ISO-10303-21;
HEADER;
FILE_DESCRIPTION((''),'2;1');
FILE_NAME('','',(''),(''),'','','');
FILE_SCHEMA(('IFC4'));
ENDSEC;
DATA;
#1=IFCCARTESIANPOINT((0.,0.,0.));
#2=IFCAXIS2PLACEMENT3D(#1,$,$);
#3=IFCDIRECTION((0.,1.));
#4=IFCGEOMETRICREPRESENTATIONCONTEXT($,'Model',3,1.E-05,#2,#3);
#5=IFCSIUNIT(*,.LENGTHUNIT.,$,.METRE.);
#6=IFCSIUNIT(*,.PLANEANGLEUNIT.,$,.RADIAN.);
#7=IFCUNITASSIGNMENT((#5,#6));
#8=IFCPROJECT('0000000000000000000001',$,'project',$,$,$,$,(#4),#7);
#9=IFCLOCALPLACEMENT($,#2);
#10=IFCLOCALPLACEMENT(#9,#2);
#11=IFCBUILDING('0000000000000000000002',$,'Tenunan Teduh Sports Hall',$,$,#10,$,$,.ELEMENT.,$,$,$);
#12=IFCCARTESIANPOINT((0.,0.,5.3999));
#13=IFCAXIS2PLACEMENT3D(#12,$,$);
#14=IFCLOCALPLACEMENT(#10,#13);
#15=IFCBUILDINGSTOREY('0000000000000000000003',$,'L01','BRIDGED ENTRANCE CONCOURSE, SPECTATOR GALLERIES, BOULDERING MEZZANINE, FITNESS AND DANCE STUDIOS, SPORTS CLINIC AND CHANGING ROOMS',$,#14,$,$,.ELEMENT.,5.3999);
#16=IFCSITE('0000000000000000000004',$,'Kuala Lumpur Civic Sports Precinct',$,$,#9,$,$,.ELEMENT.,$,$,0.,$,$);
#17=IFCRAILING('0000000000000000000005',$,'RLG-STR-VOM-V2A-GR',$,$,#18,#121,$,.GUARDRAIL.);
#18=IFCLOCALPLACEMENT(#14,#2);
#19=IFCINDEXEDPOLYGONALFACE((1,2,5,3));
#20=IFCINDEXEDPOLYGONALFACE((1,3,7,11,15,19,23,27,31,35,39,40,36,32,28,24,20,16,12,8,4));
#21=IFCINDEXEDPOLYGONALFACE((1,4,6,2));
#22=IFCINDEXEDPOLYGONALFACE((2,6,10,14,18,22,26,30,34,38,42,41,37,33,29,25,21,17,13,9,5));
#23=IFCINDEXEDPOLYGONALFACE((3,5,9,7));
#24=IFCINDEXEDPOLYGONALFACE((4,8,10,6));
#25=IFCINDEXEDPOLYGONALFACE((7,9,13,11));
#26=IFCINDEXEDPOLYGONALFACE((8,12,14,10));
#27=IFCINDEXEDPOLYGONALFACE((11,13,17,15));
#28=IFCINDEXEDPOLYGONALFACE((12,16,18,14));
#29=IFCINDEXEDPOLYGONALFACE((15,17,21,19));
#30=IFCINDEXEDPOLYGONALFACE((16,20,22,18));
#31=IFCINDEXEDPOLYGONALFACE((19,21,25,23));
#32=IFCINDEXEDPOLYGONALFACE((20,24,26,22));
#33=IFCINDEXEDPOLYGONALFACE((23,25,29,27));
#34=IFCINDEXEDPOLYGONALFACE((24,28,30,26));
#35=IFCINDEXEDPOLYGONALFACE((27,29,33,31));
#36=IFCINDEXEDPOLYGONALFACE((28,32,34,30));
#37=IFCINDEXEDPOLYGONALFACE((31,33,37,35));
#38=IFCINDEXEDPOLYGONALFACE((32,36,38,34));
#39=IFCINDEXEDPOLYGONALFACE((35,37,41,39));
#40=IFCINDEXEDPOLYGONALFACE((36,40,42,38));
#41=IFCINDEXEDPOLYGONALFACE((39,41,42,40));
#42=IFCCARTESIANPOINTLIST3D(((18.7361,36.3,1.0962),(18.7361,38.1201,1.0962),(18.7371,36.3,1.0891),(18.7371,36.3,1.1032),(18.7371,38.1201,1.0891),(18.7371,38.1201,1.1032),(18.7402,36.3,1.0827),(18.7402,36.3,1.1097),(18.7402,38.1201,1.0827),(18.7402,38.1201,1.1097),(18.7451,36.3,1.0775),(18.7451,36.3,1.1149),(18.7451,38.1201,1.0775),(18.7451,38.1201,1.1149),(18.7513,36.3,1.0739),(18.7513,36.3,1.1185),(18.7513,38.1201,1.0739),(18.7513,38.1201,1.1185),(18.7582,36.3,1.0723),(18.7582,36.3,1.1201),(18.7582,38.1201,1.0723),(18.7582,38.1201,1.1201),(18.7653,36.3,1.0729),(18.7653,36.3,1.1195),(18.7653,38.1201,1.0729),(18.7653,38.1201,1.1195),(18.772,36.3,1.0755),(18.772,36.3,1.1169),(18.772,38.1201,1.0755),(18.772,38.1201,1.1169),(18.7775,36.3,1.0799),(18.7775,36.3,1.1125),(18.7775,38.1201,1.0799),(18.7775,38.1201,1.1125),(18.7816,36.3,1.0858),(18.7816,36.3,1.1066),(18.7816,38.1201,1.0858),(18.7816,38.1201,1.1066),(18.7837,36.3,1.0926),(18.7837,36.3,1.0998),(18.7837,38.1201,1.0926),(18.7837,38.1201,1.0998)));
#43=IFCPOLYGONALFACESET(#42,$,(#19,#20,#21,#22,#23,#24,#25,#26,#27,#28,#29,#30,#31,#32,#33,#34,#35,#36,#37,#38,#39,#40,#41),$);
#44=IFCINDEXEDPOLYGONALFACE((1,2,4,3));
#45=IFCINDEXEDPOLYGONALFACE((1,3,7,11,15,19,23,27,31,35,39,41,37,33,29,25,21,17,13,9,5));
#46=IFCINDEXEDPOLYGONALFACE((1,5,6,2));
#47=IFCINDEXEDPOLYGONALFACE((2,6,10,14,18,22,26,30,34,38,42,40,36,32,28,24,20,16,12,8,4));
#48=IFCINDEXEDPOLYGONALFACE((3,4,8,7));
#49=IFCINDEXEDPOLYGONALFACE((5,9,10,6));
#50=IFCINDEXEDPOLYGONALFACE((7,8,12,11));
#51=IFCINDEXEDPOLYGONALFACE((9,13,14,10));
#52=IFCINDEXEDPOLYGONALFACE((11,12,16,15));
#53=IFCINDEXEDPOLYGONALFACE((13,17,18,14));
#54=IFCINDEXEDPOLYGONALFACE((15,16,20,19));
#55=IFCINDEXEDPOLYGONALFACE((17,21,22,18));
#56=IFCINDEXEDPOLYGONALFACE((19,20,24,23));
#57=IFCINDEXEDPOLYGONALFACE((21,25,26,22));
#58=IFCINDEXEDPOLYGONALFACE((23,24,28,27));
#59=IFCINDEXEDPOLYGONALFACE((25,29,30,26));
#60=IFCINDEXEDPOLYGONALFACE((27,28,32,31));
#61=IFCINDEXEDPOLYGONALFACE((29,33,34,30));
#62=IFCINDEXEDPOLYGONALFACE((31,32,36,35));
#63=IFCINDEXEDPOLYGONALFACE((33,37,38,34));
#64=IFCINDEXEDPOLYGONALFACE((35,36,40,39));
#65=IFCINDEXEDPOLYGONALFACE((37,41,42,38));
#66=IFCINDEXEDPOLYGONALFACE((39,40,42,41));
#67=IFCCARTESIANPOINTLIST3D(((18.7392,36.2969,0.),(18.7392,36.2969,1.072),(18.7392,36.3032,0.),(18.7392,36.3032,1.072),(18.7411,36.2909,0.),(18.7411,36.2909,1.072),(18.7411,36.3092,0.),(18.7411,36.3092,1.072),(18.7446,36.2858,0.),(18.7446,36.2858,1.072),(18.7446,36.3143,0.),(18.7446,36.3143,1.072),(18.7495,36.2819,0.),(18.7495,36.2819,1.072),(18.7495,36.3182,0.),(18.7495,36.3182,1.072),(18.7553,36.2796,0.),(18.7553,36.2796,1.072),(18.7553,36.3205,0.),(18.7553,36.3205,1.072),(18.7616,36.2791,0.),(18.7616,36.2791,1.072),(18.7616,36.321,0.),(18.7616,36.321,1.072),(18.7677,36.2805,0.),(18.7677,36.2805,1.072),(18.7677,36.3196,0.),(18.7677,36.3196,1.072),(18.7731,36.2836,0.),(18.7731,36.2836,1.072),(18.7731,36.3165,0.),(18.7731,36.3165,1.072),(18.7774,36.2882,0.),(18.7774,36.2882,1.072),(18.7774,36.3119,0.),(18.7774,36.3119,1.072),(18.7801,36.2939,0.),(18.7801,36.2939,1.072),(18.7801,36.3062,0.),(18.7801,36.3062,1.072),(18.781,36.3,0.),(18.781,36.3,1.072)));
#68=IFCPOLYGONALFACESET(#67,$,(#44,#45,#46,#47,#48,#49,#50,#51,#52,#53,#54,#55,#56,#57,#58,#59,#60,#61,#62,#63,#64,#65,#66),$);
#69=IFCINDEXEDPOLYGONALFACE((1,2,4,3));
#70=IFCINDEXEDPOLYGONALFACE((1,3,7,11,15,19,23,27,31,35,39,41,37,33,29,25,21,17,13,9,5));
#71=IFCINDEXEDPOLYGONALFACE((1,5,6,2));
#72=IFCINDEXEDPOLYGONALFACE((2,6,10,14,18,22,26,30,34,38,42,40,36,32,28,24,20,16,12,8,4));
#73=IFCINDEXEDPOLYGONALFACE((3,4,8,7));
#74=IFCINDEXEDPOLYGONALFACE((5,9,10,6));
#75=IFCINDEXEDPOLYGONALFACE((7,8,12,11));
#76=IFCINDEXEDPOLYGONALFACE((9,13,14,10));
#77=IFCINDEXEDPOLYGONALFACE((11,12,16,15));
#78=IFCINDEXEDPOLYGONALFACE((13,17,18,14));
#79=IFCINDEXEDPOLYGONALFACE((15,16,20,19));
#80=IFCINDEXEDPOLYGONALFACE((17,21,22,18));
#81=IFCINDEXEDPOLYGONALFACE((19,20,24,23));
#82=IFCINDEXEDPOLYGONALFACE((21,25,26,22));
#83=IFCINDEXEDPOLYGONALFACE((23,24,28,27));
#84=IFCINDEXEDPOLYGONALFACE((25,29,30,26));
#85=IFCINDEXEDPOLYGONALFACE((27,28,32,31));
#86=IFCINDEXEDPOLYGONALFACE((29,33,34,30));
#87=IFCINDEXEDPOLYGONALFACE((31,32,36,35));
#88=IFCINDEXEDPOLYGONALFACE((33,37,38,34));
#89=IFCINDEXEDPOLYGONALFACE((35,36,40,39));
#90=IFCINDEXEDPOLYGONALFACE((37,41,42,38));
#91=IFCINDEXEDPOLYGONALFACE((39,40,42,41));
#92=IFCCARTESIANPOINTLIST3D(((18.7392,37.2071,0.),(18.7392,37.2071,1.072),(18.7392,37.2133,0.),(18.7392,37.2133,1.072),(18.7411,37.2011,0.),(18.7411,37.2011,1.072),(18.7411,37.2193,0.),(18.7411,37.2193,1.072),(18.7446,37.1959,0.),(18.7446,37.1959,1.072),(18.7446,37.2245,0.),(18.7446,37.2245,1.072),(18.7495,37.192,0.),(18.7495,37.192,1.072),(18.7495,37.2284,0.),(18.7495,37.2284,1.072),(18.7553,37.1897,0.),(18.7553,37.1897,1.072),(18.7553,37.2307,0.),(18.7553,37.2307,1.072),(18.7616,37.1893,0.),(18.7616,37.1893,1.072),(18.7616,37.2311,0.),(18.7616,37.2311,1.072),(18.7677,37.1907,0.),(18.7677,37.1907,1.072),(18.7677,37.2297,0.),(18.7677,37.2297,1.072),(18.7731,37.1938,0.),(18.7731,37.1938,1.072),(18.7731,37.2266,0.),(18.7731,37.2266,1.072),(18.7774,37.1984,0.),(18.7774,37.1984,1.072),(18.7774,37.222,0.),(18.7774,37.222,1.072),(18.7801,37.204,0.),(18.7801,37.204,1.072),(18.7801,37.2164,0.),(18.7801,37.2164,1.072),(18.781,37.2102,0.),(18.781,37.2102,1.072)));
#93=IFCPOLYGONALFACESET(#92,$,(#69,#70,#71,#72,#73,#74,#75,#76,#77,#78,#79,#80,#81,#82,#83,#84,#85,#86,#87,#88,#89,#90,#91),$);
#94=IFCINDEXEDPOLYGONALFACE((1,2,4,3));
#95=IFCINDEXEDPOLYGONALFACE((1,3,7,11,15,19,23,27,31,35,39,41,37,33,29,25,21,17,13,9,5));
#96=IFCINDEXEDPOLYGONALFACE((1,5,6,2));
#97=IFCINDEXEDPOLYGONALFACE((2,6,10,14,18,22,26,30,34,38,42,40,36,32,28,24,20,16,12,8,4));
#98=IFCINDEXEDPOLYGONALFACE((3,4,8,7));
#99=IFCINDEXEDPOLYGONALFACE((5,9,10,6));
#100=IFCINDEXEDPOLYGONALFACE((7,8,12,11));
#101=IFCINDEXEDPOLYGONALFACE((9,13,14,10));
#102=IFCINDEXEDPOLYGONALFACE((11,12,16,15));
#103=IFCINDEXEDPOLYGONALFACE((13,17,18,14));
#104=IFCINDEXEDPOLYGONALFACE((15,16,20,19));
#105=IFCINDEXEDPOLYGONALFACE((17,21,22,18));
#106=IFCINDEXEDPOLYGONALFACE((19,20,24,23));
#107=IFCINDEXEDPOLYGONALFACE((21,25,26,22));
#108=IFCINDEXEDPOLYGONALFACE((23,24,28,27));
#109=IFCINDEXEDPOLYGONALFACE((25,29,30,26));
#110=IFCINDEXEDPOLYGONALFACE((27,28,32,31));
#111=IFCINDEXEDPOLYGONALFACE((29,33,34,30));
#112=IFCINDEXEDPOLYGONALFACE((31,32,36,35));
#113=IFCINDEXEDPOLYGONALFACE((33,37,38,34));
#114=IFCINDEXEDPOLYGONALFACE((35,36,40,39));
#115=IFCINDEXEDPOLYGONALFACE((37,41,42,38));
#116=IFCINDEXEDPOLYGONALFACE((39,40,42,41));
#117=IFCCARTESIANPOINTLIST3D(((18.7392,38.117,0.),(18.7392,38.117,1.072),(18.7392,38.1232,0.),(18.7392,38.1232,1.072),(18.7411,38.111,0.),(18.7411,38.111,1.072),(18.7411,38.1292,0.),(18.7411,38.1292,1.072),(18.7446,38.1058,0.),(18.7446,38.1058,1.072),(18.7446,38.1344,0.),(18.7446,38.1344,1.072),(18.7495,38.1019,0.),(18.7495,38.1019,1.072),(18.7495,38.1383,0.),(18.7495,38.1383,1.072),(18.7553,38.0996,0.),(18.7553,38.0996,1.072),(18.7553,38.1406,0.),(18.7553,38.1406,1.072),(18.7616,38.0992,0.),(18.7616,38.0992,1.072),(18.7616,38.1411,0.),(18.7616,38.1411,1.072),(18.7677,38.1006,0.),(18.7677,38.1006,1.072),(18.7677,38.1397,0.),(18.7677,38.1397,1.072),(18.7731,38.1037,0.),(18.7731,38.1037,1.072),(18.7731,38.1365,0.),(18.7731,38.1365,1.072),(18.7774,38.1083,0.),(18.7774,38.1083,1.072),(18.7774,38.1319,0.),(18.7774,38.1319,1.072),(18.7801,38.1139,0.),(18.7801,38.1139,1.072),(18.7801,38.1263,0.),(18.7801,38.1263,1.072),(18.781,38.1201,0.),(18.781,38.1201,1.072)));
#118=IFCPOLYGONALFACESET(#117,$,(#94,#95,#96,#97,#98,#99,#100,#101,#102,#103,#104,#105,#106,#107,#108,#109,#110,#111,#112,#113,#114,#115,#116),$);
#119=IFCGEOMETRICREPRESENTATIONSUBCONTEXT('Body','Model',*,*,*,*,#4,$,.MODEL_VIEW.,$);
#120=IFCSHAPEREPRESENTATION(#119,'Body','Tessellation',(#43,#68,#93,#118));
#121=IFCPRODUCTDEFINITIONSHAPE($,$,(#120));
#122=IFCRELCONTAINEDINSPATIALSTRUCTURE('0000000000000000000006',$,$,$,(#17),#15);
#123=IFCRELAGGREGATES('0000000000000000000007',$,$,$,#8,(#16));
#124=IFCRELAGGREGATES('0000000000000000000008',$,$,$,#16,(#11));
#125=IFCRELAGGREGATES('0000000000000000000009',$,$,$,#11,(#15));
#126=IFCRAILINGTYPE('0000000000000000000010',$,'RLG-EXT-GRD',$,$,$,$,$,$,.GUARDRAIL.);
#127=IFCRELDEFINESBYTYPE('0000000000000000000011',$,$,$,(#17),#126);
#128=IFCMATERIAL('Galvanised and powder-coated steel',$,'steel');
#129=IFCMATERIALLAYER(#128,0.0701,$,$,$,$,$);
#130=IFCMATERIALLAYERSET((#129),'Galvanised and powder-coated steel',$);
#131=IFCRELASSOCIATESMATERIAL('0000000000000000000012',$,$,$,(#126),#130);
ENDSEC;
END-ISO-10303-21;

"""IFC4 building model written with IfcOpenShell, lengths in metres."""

from ifc_helpers import new_model, si_unit, direction, frame, origin, origin_2d, place, context, subcontext, project, spatial, circle, extrude, material, layer, layer_set, type_object, element, save


model = new_model("IFC4")

# Units and contexts
model_context = context("Model", 3, precision=1e-05, world=origin(), true_north=direction((0.0, 1.0)))
body_context = subcontext(model_context, "Body", "Model", "MODEL_VIEW")
ifc_project = project(units=[si_unit("LENGTHUNIT", "METRE"), si_unit("PLANEANGLEUNIT", "RADIAN")], contexts=[model_context])

# Site, building, storey
site_placement = place(None, origin())
site = spatial("IfcSite", under=ifc_project, at=site_placement, Name="Kuala Lumpur Civic Sports Precinct", CompositionType="ELEMENT", RefElevation=0.0)
building_placement = place(site_placement, origin())
building = spatial("IfcBuilding", under=site, at=building_placement, Name="Tenunan Teduh Sports Hall", CompositionType="ELEMENT")
storey_placement = place(building_placement, frame((0.0, 0.0, 5.3999)))
storey = spatial("IfcBuildingStorey", under=building, at=storey_placement, Name="L01", Description="BRIDGED ENTRANCE CONCOURSE, SPECTATOR GALLERIES, BOULDERING MEZZANINE, FITNESS AND DANCE STUDIOS, SPORTS CLINIC AND CHANGING ROOMS", CompositionType="ELEMENT", Elevation=5.3999)

# Railing
ifc_material_1 = material(Name="Galvanised and powder-coated steel", Category="steel")
ifc_layer_1 = layer(ifc_material_1, 0.0701)
ifc_layer_set_1 = layer_set([ifc_layer_1], Name="Galvanised and powder-coated steel")
railing_type = type_object("IfcRailingType", Name="RLG-EXT-GRD", PredefinedType="GUARDRAIL", material=ifc_layer_set_1)
for number, where, name in (
    (1, (18.76, 36.3, 0.0), "RLG-STR-VOM-V2A-GR"),
):
    element("IfcRailing", number, at=place(storey_placement, frame(where)), inside=storey, type_object=railing_type, Name=name, PredefinedType="GUARDRAIL", context=body_context, shape_type="SweptSolid", body=[
        extrude(circle(Radius=0.0239, at=origin_2d()), frame((0.0, 0.0, 1.0962), z_axis=(0.0, 1.0, 0.0), x_axis=(-1.0, 0.0, 0.0)), (0.0, 0.0, 1.0), 1.8201),
        extrude(circle(Radius=0.021, at=origin_2d()), origin(), (0.0, 0.0, 1.0), 1.072),
        extrude(circle(Radius=0.021, at=origin_2d()), frame((0.0, 0.9102, 0.0)), (0.0, 0.0, 1.0), 1.072),
        extrude(circle(Radius=0.021, at=origin_2d()), frame((0.0, 1.8201, 0.0)), (0.0, 0.0, 1.0), 1.072),
    ])

save(model, "model.ifc")
